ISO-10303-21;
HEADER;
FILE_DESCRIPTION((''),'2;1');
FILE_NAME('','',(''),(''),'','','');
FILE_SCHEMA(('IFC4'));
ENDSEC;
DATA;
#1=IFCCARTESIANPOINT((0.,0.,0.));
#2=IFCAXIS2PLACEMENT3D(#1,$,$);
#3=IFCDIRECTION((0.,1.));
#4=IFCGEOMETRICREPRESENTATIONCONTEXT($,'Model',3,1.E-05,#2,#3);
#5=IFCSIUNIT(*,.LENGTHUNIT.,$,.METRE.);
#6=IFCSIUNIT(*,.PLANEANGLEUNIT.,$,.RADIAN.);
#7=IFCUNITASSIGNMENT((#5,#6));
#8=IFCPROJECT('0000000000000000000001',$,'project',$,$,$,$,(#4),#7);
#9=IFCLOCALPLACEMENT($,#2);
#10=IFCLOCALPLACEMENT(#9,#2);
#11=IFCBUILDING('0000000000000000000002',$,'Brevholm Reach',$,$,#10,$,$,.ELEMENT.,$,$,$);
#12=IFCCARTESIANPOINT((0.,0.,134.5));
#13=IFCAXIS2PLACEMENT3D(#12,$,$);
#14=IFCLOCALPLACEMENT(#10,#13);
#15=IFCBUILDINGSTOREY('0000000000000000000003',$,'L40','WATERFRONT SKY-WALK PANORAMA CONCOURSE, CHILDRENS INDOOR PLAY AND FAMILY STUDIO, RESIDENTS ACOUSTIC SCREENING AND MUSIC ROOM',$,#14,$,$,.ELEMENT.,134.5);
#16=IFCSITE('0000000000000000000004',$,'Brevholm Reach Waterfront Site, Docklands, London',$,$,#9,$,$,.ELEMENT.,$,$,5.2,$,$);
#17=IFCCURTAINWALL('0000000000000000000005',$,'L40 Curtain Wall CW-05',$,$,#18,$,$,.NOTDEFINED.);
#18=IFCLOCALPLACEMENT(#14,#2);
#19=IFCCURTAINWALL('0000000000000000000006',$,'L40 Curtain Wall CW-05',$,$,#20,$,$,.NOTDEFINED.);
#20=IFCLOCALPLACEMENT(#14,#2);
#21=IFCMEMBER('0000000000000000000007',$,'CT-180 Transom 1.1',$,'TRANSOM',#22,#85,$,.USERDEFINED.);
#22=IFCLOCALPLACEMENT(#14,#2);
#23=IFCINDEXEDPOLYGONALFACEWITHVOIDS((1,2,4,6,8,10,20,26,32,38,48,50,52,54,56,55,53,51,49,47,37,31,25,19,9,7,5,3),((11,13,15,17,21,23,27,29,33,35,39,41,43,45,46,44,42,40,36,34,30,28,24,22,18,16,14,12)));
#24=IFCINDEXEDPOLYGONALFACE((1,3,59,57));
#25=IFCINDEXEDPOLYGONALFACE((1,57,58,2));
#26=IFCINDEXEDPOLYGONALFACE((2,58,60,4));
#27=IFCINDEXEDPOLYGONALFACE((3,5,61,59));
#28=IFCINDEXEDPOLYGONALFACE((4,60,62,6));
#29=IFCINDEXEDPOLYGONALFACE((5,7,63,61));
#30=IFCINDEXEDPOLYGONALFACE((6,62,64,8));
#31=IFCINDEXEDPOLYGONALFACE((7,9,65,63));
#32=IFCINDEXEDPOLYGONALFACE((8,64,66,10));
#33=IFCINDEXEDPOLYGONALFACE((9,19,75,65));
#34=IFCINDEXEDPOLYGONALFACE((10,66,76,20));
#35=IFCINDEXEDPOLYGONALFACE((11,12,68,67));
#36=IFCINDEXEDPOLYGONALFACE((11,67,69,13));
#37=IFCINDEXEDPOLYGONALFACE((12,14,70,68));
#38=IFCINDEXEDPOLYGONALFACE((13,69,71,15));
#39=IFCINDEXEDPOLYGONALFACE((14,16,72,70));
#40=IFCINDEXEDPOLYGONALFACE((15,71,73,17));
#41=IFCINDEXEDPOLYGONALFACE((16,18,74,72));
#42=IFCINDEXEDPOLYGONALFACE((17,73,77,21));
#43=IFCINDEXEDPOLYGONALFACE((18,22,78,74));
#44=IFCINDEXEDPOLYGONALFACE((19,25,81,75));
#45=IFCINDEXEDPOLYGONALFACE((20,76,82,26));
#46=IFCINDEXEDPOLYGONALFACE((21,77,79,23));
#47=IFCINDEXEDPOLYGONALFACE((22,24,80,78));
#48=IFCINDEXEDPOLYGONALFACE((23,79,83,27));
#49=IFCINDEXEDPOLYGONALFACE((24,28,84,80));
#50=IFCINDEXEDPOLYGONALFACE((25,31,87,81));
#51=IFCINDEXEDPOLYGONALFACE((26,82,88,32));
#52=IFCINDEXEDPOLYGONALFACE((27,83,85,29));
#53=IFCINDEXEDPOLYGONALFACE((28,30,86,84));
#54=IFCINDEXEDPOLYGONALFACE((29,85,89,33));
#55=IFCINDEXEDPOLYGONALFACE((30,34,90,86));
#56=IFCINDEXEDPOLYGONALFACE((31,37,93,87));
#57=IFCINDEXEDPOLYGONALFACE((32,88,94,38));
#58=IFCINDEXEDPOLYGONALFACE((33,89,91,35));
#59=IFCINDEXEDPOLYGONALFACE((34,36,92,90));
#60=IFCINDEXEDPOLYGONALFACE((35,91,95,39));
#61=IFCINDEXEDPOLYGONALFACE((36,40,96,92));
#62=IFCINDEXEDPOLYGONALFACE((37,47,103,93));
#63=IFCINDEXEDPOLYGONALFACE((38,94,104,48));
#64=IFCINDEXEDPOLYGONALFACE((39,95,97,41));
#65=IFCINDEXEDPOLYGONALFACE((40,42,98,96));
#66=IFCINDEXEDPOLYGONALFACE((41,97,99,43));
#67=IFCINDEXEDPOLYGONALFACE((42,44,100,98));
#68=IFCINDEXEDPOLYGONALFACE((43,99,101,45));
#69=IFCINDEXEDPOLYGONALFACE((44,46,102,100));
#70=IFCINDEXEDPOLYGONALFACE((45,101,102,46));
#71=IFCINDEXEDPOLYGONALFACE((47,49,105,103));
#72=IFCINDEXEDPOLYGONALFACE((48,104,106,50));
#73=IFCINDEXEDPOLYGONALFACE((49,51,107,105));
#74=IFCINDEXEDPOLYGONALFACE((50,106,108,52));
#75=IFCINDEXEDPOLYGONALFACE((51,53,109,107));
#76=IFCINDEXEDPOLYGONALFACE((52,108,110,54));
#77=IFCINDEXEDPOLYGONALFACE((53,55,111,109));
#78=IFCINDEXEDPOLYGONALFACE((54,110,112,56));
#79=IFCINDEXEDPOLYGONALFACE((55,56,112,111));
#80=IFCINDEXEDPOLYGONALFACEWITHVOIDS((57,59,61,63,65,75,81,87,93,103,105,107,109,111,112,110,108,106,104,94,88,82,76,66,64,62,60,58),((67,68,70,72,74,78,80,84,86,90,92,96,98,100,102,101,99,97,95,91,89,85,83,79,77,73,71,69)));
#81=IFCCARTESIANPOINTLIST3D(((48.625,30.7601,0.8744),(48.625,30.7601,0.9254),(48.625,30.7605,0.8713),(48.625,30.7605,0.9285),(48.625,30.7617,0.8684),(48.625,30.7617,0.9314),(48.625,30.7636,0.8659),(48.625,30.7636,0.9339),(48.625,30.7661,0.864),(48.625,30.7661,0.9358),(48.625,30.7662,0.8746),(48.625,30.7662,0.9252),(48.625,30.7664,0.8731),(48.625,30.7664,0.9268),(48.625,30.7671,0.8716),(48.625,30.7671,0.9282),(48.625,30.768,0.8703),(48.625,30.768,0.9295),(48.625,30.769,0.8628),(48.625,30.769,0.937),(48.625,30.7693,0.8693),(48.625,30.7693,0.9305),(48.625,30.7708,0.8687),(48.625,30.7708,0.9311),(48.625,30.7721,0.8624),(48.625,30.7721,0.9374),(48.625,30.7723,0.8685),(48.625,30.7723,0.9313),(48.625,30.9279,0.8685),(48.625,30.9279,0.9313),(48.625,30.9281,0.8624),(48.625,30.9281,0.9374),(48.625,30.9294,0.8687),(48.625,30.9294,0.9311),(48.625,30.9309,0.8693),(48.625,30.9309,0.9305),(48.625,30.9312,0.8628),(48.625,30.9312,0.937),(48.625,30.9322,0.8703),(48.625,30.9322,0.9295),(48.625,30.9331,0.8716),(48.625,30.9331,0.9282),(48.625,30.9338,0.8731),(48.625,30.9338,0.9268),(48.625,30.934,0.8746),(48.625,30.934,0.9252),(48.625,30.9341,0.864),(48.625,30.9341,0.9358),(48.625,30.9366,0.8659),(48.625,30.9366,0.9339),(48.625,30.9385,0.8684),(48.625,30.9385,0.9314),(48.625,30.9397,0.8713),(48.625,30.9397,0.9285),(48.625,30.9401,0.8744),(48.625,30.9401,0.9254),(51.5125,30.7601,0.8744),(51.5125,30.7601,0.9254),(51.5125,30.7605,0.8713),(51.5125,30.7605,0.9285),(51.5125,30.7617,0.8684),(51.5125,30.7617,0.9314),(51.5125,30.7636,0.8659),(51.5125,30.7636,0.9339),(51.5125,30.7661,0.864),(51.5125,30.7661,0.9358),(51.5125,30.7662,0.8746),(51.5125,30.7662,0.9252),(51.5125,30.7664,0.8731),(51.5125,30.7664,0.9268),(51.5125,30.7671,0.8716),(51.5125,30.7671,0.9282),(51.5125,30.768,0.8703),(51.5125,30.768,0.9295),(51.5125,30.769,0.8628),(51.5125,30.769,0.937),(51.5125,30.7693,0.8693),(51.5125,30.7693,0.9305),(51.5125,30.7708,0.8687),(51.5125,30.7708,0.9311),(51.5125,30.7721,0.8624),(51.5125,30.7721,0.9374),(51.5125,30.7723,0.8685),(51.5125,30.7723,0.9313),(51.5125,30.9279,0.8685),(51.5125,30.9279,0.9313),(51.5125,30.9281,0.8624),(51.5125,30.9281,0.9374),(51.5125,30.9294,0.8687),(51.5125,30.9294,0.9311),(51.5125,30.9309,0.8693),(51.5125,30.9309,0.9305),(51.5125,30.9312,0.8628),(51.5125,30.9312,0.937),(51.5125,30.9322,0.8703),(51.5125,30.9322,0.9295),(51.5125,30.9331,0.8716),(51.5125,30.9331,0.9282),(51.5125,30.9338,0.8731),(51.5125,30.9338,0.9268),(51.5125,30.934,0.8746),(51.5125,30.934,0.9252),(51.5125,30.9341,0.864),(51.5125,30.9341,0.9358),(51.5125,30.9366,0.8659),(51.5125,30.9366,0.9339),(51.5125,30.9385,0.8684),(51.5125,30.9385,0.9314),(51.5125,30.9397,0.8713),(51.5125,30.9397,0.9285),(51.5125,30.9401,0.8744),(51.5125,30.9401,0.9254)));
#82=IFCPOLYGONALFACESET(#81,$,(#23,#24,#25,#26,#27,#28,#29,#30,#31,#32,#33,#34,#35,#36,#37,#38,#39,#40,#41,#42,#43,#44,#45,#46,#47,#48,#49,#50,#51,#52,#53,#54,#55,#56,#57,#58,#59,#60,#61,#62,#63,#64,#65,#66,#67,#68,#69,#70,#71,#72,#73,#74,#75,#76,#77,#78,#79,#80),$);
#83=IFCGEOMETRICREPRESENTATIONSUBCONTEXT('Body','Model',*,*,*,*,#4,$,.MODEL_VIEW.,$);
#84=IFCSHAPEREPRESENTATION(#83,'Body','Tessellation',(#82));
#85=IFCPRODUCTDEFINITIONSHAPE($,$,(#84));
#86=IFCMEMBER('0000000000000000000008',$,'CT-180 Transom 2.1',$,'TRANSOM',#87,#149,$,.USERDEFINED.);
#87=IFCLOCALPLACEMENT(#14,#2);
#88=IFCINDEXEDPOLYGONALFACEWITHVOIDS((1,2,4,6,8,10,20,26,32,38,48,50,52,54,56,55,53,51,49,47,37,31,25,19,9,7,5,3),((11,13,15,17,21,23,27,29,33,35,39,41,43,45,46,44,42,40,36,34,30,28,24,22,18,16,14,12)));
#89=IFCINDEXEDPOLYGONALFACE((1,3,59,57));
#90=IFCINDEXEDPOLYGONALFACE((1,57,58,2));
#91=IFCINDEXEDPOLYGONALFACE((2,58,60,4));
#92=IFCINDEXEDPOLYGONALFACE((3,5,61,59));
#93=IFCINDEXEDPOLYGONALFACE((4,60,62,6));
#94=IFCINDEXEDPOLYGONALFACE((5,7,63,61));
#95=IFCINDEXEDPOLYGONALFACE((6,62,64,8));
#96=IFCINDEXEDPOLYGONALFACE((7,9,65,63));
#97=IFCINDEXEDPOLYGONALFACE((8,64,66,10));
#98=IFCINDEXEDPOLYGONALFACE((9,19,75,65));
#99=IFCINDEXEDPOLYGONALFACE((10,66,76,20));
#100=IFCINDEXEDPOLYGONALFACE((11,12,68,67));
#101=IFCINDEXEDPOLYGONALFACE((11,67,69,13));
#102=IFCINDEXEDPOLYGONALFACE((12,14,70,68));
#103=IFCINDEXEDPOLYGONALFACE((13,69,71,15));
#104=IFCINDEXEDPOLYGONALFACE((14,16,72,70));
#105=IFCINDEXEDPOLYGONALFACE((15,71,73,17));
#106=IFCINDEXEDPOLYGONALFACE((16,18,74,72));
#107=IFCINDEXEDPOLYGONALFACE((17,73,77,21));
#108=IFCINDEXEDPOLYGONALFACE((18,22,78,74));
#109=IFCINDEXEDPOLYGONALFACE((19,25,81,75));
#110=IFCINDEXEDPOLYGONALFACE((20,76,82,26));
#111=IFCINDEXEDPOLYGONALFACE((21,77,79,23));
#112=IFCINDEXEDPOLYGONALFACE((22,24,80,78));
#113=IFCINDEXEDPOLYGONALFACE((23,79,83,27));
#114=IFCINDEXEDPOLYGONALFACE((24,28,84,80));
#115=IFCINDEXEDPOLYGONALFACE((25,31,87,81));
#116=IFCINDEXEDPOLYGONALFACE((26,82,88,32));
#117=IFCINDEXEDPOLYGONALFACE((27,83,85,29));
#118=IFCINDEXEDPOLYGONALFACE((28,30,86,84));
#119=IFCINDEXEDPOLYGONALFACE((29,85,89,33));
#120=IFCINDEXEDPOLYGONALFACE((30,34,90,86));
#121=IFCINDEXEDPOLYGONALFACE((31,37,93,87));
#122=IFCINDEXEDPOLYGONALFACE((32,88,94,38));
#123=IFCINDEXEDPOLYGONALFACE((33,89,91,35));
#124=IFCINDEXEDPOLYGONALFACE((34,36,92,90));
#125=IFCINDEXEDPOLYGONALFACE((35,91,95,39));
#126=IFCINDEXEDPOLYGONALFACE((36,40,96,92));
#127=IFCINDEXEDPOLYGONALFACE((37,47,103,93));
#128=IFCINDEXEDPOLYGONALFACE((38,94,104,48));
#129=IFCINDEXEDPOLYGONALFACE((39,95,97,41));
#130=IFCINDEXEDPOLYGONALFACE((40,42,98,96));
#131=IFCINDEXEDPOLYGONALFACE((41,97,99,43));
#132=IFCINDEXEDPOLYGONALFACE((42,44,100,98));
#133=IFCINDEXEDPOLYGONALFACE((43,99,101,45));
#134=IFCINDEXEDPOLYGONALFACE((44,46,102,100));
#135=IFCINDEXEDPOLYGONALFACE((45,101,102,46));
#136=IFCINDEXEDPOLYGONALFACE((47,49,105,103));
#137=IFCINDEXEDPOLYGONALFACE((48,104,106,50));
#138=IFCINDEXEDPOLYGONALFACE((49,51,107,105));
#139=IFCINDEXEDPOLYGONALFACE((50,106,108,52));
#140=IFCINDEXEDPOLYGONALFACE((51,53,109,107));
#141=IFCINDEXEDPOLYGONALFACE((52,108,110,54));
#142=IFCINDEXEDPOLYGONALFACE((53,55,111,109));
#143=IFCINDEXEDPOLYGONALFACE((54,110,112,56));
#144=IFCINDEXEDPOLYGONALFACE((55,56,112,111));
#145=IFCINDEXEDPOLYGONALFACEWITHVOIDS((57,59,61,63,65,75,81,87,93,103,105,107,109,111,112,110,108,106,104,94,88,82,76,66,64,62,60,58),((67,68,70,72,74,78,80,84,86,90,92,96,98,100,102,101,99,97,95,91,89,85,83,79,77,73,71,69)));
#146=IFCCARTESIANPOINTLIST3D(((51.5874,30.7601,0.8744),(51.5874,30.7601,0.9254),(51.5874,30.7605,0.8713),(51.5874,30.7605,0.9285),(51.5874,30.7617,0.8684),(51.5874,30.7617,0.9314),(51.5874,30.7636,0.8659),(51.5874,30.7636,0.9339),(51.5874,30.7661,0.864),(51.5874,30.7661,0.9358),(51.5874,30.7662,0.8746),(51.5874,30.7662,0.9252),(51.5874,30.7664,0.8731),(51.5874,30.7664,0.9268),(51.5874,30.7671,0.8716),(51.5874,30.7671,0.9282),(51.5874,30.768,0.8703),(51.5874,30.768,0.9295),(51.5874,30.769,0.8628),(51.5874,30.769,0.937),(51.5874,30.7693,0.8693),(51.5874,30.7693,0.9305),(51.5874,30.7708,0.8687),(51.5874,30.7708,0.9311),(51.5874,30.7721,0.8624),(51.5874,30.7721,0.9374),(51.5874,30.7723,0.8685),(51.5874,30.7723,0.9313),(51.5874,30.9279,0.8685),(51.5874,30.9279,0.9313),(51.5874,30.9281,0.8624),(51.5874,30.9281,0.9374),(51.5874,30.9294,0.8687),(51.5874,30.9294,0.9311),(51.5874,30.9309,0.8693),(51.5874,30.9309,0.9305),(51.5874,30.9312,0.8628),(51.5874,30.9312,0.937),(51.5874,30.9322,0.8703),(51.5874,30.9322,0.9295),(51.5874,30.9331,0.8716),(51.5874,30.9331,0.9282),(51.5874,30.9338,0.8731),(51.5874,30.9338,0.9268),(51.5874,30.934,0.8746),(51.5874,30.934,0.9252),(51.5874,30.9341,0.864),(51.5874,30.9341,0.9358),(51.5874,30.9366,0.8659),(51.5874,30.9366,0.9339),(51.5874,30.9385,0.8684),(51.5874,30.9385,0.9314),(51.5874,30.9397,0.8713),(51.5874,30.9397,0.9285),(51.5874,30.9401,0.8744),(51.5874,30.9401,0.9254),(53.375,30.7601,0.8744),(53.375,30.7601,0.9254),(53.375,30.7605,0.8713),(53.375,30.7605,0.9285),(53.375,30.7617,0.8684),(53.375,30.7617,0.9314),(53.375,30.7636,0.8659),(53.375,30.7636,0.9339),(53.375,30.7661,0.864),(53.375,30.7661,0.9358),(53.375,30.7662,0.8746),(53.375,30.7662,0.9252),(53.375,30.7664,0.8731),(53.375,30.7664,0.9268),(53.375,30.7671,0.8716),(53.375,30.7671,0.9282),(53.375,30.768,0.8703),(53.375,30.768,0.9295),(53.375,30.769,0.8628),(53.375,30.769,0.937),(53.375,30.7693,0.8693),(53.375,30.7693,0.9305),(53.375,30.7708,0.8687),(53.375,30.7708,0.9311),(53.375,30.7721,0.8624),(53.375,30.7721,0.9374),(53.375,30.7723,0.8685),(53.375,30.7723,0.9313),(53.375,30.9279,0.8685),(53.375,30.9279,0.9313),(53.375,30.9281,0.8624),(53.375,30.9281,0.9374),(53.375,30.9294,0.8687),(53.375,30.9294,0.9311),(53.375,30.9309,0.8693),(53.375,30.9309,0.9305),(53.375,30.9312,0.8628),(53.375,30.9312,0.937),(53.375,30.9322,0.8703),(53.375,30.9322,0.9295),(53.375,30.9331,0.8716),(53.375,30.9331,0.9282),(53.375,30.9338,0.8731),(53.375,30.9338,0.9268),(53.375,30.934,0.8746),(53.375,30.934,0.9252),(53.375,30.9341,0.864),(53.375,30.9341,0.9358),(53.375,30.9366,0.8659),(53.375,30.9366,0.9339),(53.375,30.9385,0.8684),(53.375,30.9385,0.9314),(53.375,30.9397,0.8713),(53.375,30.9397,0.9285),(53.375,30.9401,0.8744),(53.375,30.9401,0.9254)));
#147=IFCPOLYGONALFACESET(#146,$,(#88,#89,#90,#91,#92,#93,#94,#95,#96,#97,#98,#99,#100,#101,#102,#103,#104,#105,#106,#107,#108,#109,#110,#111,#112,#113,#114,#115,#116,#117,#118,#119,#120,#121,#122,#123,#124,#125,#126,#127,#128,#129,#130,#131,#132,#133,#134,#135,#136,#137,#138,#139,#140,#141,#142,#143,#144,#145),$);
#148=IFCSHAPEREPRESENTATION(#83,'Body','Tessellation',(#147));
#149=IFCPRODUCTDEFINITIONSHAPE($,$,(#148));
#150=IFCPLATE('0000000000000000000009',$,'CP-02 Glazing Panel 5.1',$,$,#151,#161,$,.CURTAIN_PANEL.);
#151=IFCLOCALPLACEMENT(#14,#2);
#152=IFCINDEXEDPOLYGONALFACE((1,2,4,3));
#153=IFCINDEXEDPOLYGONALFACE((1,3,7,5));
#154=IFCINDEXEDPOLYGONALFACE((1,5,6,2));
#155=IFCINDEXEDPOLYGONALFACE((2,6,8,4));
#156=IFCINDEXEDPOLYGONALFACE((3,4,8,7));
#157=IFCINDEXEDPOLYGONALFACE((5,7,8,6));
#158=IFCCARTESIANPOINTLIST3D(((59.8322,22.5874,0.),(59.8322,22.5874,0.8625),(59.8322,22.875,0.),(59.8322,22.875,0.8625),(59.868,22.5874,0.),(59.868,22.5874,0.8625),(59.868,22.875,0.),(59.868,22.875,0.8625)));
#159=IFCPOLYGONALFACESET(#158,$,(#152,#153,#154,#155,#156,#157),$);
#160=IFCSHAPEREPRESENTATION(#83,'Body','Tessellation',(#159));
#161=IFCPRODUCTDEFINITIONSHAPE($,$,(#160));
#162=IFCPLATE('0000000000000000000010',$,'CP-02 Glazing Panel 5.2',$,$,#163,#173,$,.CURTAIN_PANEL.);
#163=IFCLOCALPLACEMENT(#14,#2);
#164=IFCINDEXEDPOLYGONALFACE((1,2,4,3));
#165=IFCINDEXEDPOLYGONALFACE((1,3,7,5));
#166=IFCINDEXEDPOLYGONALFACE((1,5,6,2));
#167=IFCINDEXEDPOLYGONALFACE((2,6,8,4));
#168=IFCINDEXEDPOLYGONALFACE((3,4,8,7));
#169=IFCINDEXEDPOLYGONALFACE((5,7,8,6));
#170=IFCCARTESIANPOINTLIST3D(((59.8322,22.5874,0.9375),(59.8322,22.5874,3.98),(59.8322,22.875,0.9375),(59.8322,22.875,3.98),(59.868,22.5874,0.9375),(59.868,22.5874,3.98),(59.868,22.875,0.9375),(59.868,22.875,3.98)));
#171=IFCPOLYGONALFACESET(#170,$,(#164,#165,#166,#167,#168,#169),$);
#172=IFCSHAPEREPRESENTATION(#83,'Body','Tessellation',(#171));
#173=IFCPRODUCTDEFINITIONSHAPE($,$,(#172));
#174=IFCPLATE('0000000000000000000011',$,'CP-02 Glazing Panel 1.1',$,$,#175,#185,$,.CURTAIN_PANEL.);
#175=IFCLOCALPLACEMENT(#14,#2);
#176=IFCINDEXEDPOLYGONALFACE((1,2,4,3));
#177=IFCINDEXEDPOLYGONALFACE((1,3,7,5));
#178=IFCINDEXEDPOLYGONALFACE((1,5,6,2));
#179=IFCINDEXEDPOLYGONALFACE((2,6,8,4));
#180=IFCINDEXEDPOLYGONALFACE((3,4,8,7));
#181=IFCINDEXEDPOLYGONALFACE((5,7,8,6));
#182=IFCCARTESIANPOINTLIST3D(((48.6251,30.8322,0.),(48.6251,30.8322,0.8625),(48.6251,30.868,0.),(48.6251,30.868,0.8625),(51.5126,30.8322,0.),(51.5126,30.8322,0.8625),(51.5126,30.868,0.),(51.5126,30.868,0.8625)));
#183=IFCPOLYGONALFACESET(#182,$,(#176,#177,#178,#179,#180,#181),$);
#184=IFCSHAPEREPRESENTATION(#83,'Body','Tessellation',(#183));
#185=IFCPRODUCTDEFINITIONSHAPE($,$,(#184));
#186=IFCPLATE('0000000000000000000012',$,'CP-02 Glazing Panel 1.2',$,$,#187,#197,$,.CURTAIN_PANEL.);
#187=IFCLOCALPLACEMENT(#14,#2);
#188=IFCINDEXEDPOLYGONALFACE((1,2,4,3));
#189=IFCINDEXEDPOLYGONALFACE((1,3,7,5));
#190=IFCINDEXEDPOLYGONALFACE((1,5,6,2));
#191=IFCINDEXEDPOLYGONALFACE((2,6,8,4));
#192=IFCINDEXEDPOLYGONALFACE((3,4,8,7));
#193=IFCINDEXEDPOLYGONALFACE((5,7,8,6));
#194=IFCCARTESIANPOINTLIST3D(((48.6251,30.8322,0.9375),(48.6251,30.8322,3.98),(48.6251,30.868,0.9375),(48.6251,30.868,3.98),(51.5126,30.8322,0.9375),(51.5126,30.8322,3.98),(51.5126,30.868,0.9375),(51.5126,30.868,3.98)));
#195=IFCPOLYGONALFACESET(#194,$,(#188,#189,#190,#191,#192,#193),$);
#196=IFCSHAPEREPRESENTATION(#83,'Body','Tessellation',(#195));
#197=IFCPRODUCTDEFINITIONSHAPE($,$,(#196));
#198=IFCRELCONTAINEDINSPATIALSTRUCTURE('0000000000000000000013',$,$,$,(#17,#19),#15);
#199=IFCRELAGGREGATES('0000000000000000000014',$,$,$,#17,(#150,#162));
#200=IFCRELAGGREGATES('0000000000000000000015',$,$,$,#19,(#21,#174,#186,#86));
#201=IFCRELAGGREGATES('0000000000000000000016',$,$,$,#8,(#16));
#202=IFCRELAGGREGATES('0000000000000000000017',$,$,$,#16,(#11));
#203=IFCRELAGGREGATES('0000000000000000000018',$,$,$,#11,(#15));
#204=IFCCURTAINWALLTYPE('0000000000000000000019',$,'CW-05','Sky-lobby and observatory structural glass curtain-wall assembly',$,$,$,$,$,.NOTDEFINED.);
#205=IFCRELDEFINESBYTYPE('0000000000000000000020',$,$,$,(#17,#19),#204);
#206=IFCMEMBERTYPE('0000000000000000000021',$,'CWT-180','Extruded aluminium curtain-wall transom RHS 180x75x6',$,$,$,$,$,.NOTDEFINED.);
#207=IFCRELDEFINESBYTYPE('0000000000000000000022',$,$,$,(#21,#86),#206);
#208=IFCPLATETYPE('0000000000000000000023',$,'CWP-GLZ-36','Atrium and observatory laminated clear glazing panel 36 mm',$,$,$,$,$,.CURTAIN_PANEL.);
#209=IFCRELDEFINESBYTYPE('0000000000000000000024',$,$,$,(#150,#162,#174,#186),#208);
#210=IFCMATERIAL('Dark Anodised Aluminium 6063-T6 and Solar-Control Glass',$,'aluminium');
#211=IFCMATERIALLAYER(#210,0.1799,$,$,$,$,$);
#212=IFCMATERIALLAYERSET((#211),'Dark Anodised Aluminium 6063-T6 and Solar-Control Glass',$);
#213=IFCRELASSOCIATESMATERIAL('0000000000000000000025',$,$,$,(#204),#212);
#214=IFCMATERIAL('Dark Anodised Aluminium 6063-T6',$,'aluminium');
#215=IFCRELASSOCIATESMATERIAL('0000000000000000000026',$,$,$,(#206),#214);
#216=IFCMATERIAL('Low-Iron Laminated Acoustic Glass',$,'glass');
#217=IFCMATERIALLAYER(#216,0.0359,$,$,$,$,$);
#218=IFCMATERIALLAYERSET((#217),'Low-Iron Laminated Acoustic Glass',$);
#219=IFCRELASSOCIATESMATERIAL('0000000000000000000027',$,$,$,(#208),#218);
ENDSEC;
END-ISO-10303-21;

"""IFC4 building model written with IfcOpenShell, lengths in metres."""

from ifc_helpers import new_model, si_unit, direction, frame, origin, origin_2d, place, context, subcontext, project, spatial, rectangle, hollow_rectangle, extrude, material, layer, layer_set, material_profile, profile_set, type_object, element, aggregate, save


model = new_model("IFC4")

# Units and contexts
model_context = context("Model", 3, precision=1e-05, world=origin(), true_north=direction((0.0, 1.0)))
body_context = subcontext(model_context, "Body", "Model", "MODEL_VIEW")
ifc_project = project(units=[si_unit("LENGTHUNIT", "METRE"), si_unit("PLANEANGLEUNIT", "RADIAN")], contexts=[model_context])

# Site, building, storey
site_placement = place(None, origin())
site = spatial("IfcSite", under=ifc_project, at=site_placement, Name="Brevholm Reach Waterfront Site, Docklands, London", CompositionType="ELEMENT", RefElevation=5.2)
building_placement = place(site_placement, origin())
building = spatial("IfcBuilding", under=site, at=building_placement, Name="Brevholm Reach", CompositionType="ELEMENT")
storey_placement = place(building_placement, frame((0.0, 0.0, 134.5)))
storey = spatial("IfcBuildingStorey", under=building, at=storey_placement, Name="L40", Description="WATERFRONT SKY-WALK PANORAMA CONCOURSE, CHILDRENS INDOOR PLAY AND FAMILY STUDIO, RESIDENTS ACOUSTIC SCREENING AND MUSIC ROOM", CompositionType="ELEMENT", Elevation=134.5)

# Curtain wall
ifc_material_1 = material(Name="Dark Anodised Aluminium 6063-T6 and Solar-Control Glass", Category="aluminium")
ifc_layer_1 = layer(ifc_material_1, 0.1799)
ifc_layer_set_1 = layer_set([ifc_layer_1], Name="Dark Anodised Aluminium 6063-T6 and Solar-Control Glass")
curtain_wall_type = type_object("IfcCurtainWallType", Name="CW-05", Description="Sky-lobby and observatory structural glass curtain-wall assembly", PredefinedType="NOTDEFINED", material=ifc_layer_set_1)
curtain_wall_1_placement = place(storey_placement, origin())
curtain_wall_1 = element("IfcCurtainWall", 1, at=curtain_wall_1_placement, inside=storey, type_object=curtain_wall_type, Name="L40 Curtain Wall CW-05", PredefinedType="NOTDEFINED")

# Curtain wall
curtain_wall_2_placement = place(storey_placement, origin())
curtain_wall_2 = element("IfcCurtainWall", 2, at=curtain_wall_2_placement, inside=storey, type_object=curtain_wall_type, Name="L40 Curtain Wall CW-05", PredefinedType="NOTDEFINED")

# Members
ifc_material_2 = material(Name="Dark Anodised Aluminium 6063-T6", Category="aluminium")
ifc_material_profile_1 = material_profile(ifc_material_2, hollow_rectangle(XDim=0.075, YDim=0.1799, WallThickness=0.0061, InnerFilletRadius=0.0061, OuterFilletRadius=0.012, at=origin_2d()), Name="RHS 180x75x6")
ifc_profile_set_1 = profile_set([ifc_material_profile_1], Name="Dark Anodised Aluminium 6063-T6")
member_type_1 = type_object("IfcMemberType", Name="CWT-180", Description="Extruded aluminium curtain-wall transom RHS 180x75x6", PredefinedType="NOTDEFINED", material=ifc_profile_set_1)
member_1_placement = place(storey_placement, frame((48.625, 30.8501, 0.8999), z_axis=(1.0, 0.0, 0.0), x_axis=(0.0, 0.0, 1.0)))
member_1 = element("IfcMember", 3, at=member_1_placement, type_object=member_type_1, Name="CT-180 Transom 1.1", ObjectType="TRANSOM", PredefinedType="USERDEFINED", context=body_context, shape_type="SweptSolid", body=[
    extrude(hollow_rectangle(XDim=0.075, YDim=0.1799, WallThickness=0.0061, InnerFilletRadius=0.0061, OuterFilletRadius=0.012, at=origin_2d()), origin(), (0.0, 0.0, 1.0), 2.8875),
])
member_2_placement = place(storey_placement, frame((51.5874, 30.8501, 0.8999), z_axis=(1.0, 0.0, 0.0), x_axis=(0.0, 0.0, 1.0)))
member_2 = element("IfcMember", 4, at=member_2_placement, type_object=member_type_1, Name="CT-180 Transom 2.1", ObjectType="TRANSOM", PredefinedType="USERDEFINED", context=body_context, shape_type="SweptSolid", body=[
    extrude(hollow_rectangle(XDim=0.075, YDim=0.1799, WallThickness=0.0061, InnerFilletRadius=0.0061, OuterFilletRadius=0.012, at=origin_2d()), origin(), (0.0, 0.0, 1.0), 1.7876),
])

# Plates
ifc_material_3 = material(Name="Low-Iron Laminated Acoustic Glass", Category="glass")
ifc_layer_2 = layer(ifc_material_3, 0.0359)
ifc_layer_set_2 = layer_set([ifc_layer_2], Name="Low-Iron Laminated Acoustic Glass")
plate_type = type_object("IfcPlateType", Name="CWP-GLZ-36", Description="Atrium and observatory laminated clear glazing panel 36 mm", PredefinedType="CURTAIN_PANEL", material=ifc_layer_set_2)
plate_1_placement = place(storey_placement, frame((59.8501, 22.7312, 0.0), z_axis=(0.0, 0.0, 1.0), x_axis=(0.0, 1.0, 0.0)))
plate_1 = element("IfcPlate", 5, at=plate_1_placement, type_object=plate_type, Name="CP-02 Glazing Panel 5.1", PredefinedType="CURTAIN_PANEL", context=body_context, shape_type="SweptSolid", body=[
    extrude(rectangle(XDim=0.2876, YDim=0.0359, at=origin_2d()), origin(), (0.0, 0.0, 1.0), 0.8625),
])
plate_2_placement = place(storey_placement, frame((59.8501, 22.7312, 0.9375), z_axis=(0.0, 0.0, 1.0), x_axis=(0.0, 1.0, 0.0)))
plate_2 = element("IfcPlate", 6, at=plate_2_placement, type_object=plate_type, Name="CP-02 Glazing Panel 5.2", PredefinedType="CURTAIN_PANEL", context=body_context, shape_type="SweptSolid", body=[
    extrude(rectangle(XDim=0.2876, YDim=0.0359, at=origin_2d()), origin(), (0.0, 0.0, 1.0), 3.0425),
])
aggregate(curtain_wall_1, [plate_1, plate_2])
plate_3_placement = place(storey_placement, frame((50.0688, 30.8501, 0.0), z_axis=(0.0, 0.0, 1.0), x_axis=(1.0, 0.0, 0.0)))
plate_3 = element("IfcPlate", 7, at=plate_3_placement, type_object=plate_type, Name="CP-02 Glazing Panel 1.1", PredefinedType="CURTAIN_PANEL", context=body_context, shape_type="SweptSolid", body=[
    extrude(rectangle(XDim=2.8875, YDim=0.0359, at=origin_2d()), origin(), (0.0, 0.0, 1.0), 0.8625),
])
plate_4_placement = place(storey_placement, frame((50.0688, 30.8501, 0.9375), z_axis=(0.0, 0.0, 1.0), x_axis=(1.0, 0.0, 0.0)))
plate_4 = element("IfcPlate", 8, at=plate_4_placement, type_object=plate_type, Name="CP-02 Glazing Panel 1.2", PredefinedType="CURTAIN_PANEL", context=body_context, shape_type="SweptSolid", body=[
    extrude(rectangle(XDim=2.8875, YDim=0.0359, at=origin_2d()), origin(), (0.0, 0.0, 1.0), 3.0425),
])
aggregate(curtain_wall_2, [member_1, plate_3, plate_4, member_2])

save(model, "model.ifc")
